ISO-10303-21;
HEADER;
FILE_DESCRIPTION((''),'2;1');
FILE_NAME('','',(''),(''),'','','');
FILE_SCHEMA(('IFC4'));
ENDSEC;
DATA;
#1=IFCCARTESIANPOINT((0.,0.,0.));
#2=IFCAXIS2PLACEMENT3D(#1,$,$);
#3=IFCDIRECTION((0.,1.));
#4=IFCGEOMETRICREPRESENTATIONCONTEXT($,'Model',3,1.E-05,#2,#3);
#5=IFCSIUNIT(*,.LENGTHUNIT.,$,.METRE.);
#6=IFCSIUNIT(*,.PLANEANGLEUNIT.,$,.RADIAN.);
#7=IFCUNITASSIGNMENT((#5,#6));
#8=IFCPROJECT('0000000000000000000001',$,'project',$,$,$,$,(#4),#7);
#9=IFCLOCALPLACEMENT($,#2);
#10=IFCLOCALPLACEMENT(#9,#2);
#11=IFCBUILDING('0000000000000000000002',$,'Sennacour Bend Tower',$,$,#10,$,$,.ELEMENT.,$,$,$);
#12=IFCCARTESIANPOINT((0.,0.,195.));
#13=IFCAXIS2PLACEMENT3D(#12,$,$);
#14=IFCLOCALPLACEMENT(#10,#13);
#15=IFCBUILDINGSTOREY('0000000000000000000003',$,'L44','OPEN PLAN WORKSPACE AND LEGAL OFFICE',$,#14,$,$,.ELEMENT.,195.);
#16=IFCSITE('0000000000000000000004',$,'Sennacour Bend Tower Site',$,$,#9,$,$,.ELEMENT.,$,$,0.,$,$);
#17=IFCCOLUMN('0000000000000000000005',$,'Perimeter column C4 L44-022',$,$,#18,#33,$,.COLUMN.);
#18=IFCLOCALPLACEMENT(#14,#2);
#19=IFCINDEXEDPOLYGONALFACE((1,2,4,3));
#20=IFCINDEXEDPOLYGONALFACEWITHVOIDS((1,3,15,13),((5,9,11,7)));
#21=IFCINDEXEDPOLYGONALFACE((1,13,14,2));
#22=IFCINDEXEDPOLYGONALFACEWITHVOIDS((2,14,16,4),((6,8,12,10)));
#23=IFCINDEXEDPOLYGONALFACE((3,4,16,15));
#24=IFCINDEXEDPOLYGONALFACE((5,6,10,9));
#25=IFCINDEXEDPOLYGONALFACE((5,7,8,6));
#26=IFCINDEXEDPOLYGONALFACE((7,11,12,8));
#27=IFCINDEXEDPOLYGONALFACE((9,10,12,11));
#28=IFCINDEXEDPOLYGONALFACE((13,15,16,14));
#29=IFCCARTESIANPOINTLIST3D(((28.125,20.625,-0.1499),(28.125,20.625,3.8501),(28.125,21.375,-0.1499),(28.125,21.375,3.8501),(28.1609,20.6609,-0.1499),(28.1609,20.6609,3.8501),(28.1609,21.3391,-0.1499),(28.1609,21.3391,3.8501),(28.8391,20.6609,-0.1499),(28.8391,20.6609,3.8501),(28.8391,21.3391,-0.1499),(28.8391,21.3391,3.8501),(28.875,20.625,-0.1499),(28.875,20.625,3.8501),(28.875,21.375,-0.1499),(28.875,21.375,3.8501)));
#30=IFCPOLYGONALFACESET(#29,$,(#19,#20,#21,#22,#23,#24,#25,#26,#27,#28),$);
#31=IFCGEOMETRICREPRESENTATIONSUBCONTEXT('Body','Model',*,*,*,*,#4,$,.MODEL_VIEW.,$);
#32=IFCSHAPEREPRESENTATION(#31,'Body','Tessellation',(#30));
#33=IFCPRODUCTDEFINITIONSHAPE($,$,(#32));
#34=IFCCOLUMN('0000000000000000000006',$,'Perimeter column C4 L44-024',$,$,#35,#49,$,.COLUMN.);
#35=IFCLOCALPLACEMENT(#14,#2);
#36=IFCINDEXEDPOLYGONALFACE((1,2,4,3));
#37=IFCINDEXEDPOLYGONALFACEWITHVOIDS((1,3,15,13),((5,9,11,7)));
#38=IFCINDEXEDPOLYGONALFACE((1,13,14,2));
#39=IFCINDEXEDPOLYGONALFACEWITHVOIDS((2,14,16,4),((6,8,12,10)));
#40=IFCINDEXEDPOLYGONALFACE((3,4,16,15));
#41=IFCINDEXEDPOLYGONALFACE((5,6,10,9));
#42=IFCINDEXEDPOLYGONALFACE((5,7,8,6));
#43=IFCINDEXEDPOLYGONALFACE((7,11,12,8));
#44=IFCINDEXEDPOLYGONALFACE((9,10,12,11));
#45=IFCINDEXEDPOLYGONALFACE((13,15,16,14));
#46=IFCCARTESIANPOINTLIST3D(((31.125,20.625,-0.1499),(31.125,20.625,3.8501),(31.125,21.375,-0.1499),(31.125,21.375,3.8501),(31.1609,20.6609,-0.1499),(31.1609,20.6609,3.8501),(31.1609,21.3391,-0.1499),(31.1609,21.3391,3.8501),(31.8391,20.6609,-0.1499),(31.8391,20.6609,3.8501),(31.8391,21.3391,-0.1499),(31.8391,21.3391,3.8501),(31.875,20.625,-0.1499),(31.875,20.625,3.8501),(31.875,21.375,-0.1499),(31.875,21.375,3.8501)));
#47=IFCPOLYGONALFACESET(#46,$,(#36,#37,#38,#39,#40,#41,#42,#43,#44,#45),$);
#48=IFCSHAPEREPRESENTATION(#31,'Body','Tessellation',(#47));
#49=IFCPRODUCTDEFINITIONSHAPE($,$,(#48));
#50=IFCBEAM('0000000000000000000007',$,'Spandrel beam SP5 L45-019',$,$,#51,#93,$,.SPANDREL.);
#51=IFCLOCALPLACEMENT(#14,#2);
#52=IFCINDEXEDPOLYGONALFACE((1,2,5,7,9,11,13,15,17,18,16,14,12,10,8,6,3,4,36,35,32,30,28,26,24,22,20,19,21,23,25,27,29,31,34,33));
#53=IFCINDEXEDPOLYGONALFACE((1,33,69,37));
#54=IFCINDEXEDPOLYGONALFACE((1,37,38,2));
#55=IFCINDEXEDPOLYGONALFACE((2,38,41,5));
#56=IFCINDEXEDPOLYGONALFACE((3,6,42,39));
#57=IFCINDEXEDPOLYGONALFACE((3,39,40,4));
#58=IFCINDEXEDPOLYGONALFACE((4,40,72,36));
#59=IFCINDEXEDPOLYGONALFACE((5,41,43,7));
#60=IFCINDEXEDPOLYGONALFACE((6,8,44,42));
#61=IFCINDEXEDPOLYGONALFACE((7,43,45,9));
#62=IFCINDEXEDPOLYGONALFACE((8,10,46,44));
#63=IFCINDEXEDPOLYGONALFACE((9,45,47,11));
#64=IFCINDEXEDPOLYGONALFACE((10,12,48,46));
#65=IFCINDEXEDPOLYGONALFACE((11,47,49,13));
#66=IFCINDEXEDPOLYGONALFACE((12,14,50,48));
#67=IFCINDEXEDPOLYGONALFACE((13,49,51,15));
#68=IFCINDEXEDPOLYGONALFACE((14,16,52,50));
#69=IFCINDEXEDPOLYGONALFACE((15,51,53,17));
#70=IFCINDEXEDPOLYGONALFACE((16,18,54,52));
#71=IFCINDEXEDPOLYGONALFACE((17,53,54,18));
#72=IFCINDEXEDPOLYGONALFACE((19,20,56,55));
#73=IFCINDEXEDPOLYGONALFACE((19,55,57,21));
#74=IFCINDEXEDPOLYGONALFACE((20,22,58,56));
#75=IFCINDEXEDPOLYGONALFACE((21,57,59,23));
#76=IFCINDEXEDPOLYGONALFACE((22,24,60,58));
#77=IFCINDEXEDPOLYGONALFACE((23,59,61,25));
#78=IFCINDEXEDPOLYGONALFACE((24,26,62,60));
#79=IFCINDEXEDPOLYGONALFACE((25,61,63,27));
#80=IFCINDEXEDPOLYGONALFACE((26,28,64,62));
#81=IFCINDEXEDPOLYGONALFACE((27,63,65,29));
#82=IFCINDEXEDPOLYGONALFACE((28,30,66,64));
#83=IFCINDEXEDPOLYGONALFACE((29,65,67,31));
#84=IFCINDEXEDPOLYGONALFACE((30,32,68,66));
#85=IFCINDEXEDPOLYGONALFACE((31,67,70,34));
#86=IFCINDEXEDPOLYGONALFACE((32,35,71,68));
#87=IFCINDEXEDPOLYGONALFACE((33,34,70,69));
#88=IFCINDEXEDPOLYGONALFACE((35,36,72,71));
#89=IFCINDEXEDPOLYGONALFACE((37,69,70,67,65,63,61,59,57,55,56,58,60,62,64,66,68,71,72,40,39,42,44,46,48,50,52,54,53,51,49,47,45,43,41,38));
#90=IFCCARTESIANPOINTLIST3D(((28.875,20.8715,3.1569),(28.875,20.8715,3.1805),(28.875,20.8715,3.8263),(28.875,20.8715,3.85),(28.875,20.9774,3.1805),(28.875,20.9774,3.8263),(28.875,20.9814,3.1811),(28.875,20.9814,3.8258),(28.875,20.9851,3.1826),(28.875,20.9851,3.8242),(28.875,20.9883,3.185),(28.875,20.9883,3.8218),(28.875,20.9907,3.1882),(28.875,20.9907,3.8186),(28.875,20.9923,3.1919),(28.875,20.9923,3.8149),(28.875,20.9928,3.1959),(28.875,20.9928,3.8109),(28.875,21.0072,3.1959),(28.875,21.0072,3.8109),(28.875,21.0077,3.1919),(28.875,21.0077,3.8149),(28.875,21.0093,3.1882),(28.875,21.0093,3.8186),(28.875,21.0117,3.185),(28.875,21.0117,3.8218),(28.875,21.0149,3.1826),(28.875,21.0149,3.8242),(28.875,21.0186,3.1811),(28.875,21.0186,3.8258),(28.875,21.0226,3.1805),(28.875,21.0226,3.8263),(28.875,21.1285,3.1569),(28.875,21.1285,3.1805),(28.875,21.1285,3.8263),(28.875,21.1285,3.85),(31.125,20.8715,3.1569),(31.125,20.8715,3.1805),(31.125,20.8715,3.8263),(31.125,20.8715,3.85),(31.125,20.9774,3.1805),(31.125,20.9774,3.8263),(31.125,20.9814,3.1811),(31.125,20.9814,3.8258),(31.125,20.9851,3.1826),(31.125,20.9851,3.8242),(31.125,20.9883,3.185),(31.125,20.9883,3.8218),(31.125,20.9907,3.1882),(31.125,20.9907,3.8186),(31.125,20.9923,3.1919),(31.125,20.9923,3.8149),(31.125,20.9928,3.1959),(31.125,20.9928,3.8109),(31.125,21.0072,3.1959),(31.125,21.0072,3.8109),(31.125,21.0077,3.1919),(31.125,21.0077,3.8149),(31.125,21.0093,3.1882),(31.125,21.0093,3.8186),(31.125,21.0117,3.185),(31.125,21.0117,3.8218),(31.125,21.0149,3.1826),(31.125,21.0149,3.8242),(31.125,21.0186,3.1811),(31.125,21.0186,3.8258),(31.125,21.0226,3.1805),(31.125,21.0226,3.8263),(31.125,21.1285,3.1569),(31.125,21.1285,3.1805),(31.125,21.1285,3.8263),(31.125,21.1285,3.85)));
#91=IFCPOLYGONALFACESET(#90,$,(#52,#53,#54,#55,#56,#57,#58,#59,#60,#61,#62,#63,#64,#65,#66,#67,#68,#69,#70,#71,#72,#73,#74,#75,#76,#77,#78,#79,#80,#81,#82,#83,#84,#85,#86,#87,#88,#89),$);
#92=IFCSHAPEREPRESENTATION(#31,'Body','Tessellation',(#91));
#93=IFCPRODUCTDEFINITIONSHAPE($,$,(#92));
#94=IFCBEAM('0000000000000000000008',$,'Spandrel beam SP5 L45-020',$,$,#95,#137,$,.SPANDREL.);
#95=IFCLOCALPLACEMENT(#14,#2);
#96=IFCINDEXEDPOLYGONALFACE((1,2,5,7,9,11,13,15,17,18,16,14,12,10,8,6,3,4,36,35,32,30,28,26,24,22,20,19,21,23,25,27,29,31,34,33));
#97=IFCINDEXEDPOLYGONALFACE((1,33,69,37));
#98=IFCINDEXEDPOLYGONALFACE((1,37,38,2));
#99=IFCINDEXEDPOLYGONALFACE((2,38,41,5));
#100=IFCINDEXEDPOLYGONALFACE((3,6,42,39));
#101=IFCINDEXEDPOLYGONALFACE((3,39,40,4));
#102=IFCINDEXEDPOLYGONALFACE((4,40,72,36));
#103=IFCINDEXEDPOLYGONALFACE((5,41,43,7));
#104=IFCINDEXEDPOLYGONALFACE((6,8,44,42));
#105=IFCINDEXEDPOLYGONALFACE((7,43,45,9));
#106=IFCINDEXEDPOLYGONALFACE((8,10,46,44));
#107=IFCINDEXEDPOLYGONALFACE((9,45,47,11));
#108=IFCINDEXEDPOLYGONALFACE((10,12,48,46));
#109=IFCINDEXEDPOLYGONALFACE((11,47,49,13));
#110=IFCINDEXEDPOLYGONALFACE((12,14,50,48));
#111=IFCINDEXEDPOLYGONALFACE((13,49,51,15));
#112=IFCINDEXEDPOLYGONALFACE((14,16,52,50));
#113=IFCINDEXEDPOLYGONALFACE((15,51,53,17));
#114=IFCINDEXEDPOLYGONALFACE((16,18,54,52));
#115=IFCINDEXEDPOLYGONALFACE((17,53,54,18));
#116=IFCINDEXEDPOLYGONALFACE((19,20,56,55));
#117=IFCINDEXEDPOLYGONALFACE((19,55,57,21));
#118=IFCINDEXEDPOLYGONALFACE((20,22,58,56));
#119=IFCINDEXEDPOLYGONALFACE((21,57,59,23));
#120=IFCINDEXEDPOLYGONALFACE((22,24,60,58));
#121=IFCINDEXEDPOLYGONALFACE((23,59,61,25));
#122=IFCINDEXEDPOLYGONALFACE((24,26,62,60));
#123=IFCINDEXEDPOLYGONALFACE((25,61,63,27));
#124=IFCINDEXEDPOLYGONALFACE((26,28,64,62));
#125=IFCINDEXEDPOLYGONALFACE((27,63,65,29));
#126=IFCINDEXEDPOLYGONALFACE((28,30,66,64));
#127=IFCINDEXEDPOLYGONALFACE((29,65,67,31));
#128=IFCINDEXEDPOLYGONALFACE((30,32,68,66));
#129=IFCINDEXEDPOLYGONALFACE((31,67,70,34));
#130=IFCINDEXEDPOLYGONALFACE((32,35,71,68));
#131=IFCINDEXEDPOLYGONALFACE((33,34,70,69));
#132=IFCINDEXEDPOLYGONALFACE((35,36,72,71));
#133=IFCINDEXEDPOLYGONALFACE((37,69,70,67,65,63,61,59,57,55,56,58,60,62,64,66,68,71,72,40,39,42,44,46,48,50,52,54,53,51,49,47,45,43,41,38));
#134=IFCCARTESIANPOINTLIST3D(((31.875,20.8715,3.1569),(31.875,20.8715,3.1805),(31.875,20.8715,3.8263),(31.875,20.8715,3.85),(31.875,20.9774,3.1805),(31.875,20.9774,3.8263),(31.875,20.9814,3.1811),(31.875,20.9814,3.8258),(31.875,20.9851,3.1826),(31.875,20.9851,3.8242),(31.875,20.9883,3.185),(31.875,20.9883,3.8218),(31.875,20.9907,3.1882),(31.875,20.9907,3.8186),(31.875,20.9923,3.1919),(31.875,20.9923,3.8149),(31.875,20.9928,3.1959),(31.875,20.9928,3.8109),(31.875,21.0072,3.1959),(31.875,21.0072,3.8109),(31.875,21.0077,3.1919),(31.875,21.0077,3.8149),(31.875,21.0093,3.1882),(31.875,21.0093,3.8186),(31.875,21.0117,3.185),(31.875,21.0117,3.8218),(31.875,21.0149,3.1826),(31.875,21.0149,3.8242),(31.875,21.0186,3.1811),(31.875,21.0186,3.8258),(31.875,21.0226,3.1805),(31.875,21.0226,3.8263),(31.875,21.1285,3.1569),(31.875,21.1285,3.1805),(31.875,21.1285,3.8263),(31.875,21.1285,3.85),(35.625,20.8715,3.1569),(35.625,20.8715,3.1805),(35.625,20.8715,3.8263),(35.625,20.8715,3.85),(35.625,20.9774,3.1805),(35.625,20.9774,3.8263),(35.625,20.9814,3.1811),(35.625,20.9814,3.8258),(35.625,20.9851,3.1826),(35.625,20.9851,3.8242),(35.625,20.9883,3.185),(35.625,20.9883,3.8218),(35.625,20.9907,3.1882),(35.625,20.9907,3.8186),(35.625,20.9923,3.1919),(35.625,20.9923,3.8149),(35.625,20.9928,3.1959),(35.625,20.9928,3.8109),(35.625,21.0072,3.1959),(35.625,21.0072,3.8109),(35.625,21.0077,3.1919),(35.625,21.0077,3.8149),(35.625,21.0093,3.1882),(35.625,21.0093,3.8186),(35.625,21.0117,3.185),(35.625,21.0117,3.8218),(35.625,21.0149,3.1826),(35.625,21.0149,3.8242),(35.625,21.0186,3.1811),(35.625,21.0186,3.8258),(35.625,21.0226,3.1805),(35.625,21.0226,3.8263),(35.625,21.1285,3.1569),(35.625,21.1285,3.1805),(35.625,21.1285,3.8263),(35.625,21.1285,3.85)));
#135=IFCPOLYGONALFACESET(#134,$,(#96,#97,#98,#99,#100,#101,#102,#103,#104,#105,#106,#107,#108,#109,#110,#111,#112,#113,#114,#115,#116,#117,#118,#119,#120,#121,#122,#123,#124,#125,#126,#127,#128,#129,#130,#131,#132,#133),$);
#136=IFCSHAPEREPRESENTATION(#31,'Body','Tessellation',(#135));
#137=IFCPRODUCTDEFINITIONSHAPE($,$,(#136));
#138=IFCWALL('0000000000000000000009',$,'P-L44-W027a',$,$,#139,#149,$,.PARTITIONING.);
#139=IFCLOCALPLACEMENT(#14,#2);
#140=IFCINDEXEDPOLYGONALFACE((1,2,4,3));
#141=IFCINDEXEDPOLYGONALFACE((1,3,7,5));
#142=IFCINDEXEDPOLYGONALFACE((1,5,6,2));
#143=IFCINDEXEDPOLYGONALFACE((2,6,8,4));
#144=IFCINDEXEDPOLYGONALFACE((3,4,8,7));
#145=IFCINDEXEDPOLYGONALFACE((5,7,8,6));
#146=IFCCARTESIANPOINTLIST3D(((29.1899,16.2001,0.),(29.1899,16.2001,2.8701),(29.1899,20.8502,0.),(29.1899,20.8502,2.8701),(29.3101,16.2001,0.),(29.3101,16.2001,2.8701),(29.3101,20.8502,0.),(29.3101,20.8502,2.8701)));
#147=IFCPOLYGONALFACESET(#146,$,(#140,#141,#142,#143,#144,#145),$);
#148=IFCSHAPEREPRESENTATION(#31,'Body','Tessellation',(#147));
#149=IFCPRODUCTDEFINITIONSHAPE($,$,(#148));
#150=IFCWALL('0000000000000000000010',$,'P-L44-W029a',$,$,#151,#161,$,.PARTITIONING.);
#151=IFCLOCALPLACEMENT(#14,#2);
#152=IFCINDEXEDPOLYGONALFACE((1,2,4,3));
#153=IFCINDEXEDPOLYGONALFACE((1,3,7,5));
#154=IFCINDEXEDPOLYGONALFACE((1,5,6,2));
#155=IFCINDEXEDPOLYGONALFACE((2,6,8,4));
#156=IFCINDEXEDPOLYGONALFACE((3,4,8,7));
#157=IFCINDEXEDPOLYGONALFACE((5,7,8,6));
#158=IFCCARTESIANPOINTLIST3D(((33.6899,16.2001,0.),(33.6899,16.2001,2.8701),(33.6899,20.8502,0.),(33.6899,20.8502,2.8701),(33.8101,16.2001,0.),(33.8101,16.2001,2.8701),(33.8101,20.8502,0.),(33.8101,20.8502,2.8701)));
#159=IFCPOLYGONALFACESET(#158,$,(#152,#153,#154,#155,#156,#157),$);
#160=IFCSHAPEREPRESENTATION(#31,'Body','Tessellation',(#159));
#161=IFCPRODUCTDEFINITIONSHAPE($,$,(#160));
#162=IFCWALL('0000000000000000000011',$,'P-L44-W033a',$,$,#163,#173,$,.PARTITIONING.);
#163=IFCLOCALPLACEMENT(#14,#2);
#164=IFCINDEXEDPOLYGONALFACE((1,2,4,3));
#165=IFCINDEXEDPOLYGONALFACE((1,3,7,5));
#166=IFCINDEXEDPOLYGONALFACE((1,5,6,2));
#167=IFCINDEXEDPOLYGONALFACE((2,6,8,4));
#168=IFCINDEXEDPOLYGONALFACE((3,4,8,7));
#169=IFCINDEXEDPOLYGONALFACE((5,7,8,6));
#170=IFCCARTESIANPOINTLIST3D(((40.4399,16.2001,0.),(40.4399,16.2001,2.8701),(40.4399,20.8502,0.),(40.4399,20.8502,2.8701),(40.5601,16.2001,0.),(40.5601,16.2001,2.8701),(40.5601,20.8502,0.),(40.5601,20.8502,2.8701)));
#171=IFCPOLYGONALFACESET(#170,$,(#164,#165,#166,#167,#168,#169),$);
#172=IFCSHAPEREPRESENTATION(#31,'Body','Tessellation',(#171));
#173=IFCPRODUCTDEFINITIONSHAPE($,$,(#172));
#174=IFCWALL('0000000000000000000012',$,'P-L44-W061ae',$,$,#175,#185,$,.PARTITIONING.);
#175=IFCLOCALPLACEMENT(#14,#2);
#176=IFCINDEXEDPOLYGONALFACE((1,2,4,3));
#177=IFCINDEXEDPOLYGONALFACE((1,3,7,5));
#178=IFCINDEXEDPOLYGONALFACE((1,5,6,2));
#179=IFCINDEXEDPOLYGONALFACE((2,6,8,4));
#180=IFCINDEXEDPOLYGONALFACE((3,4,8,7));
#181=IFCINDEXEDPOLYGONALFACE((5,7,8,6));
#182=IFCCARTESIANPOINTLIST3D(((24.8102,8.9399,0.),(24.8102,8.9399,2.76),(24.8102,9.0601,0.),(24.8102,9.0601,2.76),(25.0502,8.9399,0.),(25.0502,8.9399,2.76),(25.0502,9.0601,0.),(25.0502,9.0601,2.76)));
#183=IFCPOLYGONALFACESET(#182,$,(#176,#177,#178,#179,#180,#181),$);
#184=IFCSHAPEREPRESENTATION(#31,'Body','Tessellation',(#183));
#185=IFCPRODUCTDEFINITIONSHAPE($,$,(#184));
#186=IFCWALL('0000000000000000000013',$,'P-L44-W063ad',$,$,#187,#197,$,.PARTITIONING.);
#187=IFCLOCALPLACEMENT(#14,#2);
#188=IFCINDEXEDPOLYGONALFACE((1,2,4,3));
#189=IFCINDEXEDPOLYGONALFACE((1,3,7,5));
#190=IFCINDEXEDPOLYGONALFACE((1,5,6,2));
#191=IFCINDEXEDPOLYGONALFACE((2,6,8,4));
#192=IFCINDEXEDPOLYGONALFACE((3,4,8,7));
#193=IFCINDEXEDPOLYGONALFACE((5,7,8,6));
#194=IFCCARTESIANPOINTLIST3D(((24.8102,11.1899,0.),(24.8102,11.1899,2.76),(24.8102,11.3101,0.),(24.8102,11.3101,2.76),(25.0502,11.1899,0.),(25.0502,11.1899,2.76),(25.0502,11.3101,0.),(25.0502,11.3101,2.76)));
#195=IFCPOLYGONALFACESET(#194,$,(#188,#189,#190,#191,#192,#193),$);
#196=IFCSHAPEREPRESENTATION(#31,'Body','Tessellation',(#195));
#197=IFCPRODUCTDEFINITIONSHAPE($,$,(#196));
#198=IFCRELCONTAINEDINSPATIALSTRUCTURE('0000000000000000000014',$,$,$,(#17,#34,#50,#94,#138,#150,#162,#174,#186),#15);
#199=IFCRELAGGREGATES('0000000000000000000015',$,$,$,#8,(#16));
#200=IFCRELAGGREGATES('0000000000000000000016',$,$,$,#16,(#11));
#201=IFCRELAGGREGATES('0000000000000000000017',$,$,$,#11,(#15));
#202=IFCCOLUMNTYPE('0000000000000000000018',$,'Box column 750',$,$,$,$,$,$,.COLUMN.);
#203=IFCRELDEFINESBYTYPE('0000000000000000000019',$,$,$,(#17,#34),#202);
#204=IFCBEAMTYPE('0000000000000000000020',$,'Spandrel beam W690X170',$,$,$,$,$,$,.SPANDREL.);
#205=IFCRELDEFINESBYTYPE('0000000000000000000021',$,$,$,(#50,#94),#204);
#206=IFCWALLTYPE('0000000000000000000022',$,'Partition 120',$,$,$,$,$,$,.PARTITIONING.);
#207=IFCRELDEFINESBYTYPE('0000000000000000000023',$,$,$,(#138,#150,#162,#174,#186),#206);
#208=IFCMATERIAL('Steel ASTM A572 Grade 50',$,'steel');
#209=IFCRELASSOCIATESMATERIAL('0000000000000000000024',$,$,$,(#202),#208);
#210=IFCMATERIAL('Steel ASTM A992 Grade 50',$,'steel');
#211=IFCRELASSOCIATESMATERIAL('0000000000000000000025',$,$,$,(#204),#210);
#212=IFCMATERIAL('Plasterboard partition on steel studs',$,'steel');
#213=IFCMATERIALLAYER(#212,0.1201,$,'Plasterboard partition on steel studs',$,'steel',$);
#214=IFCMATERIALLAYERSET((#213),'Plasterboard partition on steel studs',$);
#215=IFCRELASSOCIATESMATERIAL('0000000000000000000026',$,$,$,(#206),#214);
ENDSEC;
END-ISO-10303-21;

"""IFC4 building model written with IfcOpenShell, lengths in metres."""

from ifc_helpers import new_model, si_unit, direction, frame, frame_2d, origin, origin_2d, place, context, subcontext, project, spatial, rectangle, hollow_rectangle, i_section, extrude, material, layer, layer_set, material_profile, profile_set, type_object, element, save


model = new_model("IFC4")

# Units and contexts
model_context = context("Model", 3, precision=1e-05, world=origin(), true_north=direction((0.0, 1.0)))
body_context = subcontext(model_context, "Body", "Model", "MODEL_VIEW")
ifc_project = project(units=[si_unit("LENGTHUNIT", "METRE"), si_unit("PLANEANGLEUNIT", "RADIAN")], contexts=[model_context])

# Site, building, storey
site_placement = place(None, origin())
site = spatial("IfcSite", under=ifc_project, at=site_placement, Name="Sennacour Bend Tower Site", CompositionType="ELEMENT", RefElevation=0.0)
building_placement = place(site_placement, origin())
building = spatial("IfcBuilding", under=site, at=building_placement, Name="Sennacour Bend Tower", CompositionType="ELEMENT")
storey_placement = place(building_placement, frame((0.0, 0.0, 195.0)))
storey = spatial("IfcBuildingStorey", under=building, at=storey_placement, Name="L44", Description="OPEN PLAN WORKSPACE AND LEGAL OFFICE", CompositionType="ELEMENT", Elevation=195.0)

# Columns
ifc_material_1 = material(Name="Steel ASTM A572 Grade 50", Category="steel")
ifc_material_profile_1 = material_profile(ifc_material_1, hollow_rectangle(XDim=0.75, YDim=0.75, WallThickness=0.0359, at=origin_2d()), Name="Steel ASTM A572 Grade 50", Category="steel")
ifc_profile_set_1 = profile_set([ifc_material_profile_1], Name="Steel ASTM A572 Grade 50")
column_type = type_object("IfcColumnType", Name="Box column 750", PredefinedType="COLUMN", material=ifc_profile_set_1)
for number, where, z_axis, x_axis, name in (
    (1, (28.5, 21.0, -0.1499), (0.0, 0.0, 1.0), (1.0, 0.0, 0.0), "Perimeter column C4 L44-022"),
    (2, (31.5, 21.0, -0.1499), (0.0, 0.0, 1.0), (1.0, 0.0, 0.0), "Perimeter column C4 L44-024"),
):
    element("IfcColumn", number, at=place(storey_placement, frame(where, z_axis=z_axis, x_axis=x_axis)), inside=storey, type_object=column_type, Name=name, PredefinedType="COLUMN", context=body_context, shape_type="SweptSolid", body=[
        extrude(hollow_rectangle(XDim=0.75, YDim=0.75, WallThickness=0.0359, at=origin_2d()), origin(), (0.0, 0.0, 1.0), 4.0),
    ])

# Beams
ifc_material_2 = material(Name="Steel ASTM A992 Grade 50", Category="steel")
ifc_material_profile_2 = material_profile(ifc_material_2, i_section(OverallWidth=0.2571, OverallDepth=0.6931, WebThickness=0.0144, FlangeThickness=0.0237, FilletRadius=0.0154, at=origin_2d()), Name="Steel ASTM A992 Grade 50", Category="steel")
ifc_profile_set_2 = profile_set([ifc_material_profile_2], Name="Steel ASTM A992 Grade 50")
beam_type = type_object("IfcBeamType", Name="Spandrel beam W690X170", PredefinedType="SPANDREL", material=ifc_profile_set_2)
beam_1_placement = place(storey_placement, frame((28.875, 21.0, 3.5034), z_axis=(1.0, 0.0, 0.0), x_axis=(0.0, 1.0, 0.0)))
element("IfcBeam", 3, at=beam_1_placement, inside=storey, type_object=beam_type, Name="Spandrel beam SP5 L45-019", PredefinedType="SPANDREL", context=body_context, shape_type="SweptSolid", body=[
    extrude(i_section(OverallWidth=0.2571, OverallDepth=0.6931, WebThickness=0.0144, FlangeThickness=0.0237, FilletRadius=0.0154, at=origin_2d()), origin(), (0.0, 0.0, 1.0), 2.25),
])
beam_2_placement = place(storey_placement, frame((31.875, 21.0, 3.5034), z_axis=(1.0, 0.0, 0.0), x_axis=(0.0, 1.0, 0.0)))
element("IfcBeam", 4, at=beam_2_placement, inside=storey, type_object=beam_type, Name="Spandrel beam SP5 L45-020", PredefinedType="SPANDREL", context=body_context, shape_type="SweptSolid", body=[
    extrude(i_section(OverallWidth=0.2571, OverallDepth=0.6931, WebThickness=0.0144, FlangeThickness=0.0237, FilletRadius=0.0154, at=origin_2d()), origin(), (0.0, 0.0, 1.0), 3.75),
])

# Walls
ifc_material_3 = material(Name="Plasterboard partition on steel studs", Category="steel")
ifc_layer_1 = layer(ifc_material_3, 0.1201, Name="Plasterboard partition on steel studs", Category="steel")
ifc_layer_set_1 = layer_set([ifc_layer_1], Name="Plasterboard partition on steel studs")
wall_type_1 = type_object("IfcWallType", Name="Partition 120", PredefinedType="PARTITIONING", material=ifc_layer_set_1)
for number, where, z_axis, x_axis, name in (
    (5, (29.25, 16.2, 0.0), (0.0, 0.0, 1.0), (0.0, 1.0, 0.0), "P-L44-W027a"),
    (6, (33.75, 16.2, 0.0), (0.0, 0.0, 1.0), (0.0, 1.0, 0.0), "P-L44-W029a"),
    (7, (40.5, 16.2, 0.0), (0.0, 0.0, 1.0), (0.0, 1.0, 0.0), "P-L44-W033a"),
):
    element("IfcWall", number, at=place(storey_placement, frame(where, z_axis=z_axis, x_axis=x_axis)), inside=storey, type_object=wall_type_1, Name=name, PredefinedType="PARTITIONING", context=body_context, shape_type="SweptSolid", body=[
        extrude(rectangle(XDim=4.6501, YDim=0.1201, at=frame_2d((2.3252, 0.0))), origin(), (0.0, 0.0, 1.0), 2.8701),
    ])
for number, where, z_axis, x_axis, name in (
    (8, (24.8101, 9.0, 0.0), (0.0, 0.0, 1.0), (1.0, 0.0, 0.0), "P-L44-W061ae"),
    (9, (24.8101, 11.25, 0.0), (0.0, 0.0, 1.0), (1.0, 0.0, 0.0), "P-L44-W063ad"),
):
    element("IfcWall", number, at=place(storey_placement, frame(where, z_axis=z_axis, x_axis=x_axis)), inside=storey, type_object=wall_type_1, Name=name, PredefinedType="PARTITIONING", context=body_context, shape_type="SweptSolid", body=[
        extrude(rectangle(XDim=0.24, YDim=0.1201, at=frame_2d((0.1201, 0.0))), origin(), (0.0, 0.0, 1.0), 2.76),
    ])

save(model, "model.ifc")
